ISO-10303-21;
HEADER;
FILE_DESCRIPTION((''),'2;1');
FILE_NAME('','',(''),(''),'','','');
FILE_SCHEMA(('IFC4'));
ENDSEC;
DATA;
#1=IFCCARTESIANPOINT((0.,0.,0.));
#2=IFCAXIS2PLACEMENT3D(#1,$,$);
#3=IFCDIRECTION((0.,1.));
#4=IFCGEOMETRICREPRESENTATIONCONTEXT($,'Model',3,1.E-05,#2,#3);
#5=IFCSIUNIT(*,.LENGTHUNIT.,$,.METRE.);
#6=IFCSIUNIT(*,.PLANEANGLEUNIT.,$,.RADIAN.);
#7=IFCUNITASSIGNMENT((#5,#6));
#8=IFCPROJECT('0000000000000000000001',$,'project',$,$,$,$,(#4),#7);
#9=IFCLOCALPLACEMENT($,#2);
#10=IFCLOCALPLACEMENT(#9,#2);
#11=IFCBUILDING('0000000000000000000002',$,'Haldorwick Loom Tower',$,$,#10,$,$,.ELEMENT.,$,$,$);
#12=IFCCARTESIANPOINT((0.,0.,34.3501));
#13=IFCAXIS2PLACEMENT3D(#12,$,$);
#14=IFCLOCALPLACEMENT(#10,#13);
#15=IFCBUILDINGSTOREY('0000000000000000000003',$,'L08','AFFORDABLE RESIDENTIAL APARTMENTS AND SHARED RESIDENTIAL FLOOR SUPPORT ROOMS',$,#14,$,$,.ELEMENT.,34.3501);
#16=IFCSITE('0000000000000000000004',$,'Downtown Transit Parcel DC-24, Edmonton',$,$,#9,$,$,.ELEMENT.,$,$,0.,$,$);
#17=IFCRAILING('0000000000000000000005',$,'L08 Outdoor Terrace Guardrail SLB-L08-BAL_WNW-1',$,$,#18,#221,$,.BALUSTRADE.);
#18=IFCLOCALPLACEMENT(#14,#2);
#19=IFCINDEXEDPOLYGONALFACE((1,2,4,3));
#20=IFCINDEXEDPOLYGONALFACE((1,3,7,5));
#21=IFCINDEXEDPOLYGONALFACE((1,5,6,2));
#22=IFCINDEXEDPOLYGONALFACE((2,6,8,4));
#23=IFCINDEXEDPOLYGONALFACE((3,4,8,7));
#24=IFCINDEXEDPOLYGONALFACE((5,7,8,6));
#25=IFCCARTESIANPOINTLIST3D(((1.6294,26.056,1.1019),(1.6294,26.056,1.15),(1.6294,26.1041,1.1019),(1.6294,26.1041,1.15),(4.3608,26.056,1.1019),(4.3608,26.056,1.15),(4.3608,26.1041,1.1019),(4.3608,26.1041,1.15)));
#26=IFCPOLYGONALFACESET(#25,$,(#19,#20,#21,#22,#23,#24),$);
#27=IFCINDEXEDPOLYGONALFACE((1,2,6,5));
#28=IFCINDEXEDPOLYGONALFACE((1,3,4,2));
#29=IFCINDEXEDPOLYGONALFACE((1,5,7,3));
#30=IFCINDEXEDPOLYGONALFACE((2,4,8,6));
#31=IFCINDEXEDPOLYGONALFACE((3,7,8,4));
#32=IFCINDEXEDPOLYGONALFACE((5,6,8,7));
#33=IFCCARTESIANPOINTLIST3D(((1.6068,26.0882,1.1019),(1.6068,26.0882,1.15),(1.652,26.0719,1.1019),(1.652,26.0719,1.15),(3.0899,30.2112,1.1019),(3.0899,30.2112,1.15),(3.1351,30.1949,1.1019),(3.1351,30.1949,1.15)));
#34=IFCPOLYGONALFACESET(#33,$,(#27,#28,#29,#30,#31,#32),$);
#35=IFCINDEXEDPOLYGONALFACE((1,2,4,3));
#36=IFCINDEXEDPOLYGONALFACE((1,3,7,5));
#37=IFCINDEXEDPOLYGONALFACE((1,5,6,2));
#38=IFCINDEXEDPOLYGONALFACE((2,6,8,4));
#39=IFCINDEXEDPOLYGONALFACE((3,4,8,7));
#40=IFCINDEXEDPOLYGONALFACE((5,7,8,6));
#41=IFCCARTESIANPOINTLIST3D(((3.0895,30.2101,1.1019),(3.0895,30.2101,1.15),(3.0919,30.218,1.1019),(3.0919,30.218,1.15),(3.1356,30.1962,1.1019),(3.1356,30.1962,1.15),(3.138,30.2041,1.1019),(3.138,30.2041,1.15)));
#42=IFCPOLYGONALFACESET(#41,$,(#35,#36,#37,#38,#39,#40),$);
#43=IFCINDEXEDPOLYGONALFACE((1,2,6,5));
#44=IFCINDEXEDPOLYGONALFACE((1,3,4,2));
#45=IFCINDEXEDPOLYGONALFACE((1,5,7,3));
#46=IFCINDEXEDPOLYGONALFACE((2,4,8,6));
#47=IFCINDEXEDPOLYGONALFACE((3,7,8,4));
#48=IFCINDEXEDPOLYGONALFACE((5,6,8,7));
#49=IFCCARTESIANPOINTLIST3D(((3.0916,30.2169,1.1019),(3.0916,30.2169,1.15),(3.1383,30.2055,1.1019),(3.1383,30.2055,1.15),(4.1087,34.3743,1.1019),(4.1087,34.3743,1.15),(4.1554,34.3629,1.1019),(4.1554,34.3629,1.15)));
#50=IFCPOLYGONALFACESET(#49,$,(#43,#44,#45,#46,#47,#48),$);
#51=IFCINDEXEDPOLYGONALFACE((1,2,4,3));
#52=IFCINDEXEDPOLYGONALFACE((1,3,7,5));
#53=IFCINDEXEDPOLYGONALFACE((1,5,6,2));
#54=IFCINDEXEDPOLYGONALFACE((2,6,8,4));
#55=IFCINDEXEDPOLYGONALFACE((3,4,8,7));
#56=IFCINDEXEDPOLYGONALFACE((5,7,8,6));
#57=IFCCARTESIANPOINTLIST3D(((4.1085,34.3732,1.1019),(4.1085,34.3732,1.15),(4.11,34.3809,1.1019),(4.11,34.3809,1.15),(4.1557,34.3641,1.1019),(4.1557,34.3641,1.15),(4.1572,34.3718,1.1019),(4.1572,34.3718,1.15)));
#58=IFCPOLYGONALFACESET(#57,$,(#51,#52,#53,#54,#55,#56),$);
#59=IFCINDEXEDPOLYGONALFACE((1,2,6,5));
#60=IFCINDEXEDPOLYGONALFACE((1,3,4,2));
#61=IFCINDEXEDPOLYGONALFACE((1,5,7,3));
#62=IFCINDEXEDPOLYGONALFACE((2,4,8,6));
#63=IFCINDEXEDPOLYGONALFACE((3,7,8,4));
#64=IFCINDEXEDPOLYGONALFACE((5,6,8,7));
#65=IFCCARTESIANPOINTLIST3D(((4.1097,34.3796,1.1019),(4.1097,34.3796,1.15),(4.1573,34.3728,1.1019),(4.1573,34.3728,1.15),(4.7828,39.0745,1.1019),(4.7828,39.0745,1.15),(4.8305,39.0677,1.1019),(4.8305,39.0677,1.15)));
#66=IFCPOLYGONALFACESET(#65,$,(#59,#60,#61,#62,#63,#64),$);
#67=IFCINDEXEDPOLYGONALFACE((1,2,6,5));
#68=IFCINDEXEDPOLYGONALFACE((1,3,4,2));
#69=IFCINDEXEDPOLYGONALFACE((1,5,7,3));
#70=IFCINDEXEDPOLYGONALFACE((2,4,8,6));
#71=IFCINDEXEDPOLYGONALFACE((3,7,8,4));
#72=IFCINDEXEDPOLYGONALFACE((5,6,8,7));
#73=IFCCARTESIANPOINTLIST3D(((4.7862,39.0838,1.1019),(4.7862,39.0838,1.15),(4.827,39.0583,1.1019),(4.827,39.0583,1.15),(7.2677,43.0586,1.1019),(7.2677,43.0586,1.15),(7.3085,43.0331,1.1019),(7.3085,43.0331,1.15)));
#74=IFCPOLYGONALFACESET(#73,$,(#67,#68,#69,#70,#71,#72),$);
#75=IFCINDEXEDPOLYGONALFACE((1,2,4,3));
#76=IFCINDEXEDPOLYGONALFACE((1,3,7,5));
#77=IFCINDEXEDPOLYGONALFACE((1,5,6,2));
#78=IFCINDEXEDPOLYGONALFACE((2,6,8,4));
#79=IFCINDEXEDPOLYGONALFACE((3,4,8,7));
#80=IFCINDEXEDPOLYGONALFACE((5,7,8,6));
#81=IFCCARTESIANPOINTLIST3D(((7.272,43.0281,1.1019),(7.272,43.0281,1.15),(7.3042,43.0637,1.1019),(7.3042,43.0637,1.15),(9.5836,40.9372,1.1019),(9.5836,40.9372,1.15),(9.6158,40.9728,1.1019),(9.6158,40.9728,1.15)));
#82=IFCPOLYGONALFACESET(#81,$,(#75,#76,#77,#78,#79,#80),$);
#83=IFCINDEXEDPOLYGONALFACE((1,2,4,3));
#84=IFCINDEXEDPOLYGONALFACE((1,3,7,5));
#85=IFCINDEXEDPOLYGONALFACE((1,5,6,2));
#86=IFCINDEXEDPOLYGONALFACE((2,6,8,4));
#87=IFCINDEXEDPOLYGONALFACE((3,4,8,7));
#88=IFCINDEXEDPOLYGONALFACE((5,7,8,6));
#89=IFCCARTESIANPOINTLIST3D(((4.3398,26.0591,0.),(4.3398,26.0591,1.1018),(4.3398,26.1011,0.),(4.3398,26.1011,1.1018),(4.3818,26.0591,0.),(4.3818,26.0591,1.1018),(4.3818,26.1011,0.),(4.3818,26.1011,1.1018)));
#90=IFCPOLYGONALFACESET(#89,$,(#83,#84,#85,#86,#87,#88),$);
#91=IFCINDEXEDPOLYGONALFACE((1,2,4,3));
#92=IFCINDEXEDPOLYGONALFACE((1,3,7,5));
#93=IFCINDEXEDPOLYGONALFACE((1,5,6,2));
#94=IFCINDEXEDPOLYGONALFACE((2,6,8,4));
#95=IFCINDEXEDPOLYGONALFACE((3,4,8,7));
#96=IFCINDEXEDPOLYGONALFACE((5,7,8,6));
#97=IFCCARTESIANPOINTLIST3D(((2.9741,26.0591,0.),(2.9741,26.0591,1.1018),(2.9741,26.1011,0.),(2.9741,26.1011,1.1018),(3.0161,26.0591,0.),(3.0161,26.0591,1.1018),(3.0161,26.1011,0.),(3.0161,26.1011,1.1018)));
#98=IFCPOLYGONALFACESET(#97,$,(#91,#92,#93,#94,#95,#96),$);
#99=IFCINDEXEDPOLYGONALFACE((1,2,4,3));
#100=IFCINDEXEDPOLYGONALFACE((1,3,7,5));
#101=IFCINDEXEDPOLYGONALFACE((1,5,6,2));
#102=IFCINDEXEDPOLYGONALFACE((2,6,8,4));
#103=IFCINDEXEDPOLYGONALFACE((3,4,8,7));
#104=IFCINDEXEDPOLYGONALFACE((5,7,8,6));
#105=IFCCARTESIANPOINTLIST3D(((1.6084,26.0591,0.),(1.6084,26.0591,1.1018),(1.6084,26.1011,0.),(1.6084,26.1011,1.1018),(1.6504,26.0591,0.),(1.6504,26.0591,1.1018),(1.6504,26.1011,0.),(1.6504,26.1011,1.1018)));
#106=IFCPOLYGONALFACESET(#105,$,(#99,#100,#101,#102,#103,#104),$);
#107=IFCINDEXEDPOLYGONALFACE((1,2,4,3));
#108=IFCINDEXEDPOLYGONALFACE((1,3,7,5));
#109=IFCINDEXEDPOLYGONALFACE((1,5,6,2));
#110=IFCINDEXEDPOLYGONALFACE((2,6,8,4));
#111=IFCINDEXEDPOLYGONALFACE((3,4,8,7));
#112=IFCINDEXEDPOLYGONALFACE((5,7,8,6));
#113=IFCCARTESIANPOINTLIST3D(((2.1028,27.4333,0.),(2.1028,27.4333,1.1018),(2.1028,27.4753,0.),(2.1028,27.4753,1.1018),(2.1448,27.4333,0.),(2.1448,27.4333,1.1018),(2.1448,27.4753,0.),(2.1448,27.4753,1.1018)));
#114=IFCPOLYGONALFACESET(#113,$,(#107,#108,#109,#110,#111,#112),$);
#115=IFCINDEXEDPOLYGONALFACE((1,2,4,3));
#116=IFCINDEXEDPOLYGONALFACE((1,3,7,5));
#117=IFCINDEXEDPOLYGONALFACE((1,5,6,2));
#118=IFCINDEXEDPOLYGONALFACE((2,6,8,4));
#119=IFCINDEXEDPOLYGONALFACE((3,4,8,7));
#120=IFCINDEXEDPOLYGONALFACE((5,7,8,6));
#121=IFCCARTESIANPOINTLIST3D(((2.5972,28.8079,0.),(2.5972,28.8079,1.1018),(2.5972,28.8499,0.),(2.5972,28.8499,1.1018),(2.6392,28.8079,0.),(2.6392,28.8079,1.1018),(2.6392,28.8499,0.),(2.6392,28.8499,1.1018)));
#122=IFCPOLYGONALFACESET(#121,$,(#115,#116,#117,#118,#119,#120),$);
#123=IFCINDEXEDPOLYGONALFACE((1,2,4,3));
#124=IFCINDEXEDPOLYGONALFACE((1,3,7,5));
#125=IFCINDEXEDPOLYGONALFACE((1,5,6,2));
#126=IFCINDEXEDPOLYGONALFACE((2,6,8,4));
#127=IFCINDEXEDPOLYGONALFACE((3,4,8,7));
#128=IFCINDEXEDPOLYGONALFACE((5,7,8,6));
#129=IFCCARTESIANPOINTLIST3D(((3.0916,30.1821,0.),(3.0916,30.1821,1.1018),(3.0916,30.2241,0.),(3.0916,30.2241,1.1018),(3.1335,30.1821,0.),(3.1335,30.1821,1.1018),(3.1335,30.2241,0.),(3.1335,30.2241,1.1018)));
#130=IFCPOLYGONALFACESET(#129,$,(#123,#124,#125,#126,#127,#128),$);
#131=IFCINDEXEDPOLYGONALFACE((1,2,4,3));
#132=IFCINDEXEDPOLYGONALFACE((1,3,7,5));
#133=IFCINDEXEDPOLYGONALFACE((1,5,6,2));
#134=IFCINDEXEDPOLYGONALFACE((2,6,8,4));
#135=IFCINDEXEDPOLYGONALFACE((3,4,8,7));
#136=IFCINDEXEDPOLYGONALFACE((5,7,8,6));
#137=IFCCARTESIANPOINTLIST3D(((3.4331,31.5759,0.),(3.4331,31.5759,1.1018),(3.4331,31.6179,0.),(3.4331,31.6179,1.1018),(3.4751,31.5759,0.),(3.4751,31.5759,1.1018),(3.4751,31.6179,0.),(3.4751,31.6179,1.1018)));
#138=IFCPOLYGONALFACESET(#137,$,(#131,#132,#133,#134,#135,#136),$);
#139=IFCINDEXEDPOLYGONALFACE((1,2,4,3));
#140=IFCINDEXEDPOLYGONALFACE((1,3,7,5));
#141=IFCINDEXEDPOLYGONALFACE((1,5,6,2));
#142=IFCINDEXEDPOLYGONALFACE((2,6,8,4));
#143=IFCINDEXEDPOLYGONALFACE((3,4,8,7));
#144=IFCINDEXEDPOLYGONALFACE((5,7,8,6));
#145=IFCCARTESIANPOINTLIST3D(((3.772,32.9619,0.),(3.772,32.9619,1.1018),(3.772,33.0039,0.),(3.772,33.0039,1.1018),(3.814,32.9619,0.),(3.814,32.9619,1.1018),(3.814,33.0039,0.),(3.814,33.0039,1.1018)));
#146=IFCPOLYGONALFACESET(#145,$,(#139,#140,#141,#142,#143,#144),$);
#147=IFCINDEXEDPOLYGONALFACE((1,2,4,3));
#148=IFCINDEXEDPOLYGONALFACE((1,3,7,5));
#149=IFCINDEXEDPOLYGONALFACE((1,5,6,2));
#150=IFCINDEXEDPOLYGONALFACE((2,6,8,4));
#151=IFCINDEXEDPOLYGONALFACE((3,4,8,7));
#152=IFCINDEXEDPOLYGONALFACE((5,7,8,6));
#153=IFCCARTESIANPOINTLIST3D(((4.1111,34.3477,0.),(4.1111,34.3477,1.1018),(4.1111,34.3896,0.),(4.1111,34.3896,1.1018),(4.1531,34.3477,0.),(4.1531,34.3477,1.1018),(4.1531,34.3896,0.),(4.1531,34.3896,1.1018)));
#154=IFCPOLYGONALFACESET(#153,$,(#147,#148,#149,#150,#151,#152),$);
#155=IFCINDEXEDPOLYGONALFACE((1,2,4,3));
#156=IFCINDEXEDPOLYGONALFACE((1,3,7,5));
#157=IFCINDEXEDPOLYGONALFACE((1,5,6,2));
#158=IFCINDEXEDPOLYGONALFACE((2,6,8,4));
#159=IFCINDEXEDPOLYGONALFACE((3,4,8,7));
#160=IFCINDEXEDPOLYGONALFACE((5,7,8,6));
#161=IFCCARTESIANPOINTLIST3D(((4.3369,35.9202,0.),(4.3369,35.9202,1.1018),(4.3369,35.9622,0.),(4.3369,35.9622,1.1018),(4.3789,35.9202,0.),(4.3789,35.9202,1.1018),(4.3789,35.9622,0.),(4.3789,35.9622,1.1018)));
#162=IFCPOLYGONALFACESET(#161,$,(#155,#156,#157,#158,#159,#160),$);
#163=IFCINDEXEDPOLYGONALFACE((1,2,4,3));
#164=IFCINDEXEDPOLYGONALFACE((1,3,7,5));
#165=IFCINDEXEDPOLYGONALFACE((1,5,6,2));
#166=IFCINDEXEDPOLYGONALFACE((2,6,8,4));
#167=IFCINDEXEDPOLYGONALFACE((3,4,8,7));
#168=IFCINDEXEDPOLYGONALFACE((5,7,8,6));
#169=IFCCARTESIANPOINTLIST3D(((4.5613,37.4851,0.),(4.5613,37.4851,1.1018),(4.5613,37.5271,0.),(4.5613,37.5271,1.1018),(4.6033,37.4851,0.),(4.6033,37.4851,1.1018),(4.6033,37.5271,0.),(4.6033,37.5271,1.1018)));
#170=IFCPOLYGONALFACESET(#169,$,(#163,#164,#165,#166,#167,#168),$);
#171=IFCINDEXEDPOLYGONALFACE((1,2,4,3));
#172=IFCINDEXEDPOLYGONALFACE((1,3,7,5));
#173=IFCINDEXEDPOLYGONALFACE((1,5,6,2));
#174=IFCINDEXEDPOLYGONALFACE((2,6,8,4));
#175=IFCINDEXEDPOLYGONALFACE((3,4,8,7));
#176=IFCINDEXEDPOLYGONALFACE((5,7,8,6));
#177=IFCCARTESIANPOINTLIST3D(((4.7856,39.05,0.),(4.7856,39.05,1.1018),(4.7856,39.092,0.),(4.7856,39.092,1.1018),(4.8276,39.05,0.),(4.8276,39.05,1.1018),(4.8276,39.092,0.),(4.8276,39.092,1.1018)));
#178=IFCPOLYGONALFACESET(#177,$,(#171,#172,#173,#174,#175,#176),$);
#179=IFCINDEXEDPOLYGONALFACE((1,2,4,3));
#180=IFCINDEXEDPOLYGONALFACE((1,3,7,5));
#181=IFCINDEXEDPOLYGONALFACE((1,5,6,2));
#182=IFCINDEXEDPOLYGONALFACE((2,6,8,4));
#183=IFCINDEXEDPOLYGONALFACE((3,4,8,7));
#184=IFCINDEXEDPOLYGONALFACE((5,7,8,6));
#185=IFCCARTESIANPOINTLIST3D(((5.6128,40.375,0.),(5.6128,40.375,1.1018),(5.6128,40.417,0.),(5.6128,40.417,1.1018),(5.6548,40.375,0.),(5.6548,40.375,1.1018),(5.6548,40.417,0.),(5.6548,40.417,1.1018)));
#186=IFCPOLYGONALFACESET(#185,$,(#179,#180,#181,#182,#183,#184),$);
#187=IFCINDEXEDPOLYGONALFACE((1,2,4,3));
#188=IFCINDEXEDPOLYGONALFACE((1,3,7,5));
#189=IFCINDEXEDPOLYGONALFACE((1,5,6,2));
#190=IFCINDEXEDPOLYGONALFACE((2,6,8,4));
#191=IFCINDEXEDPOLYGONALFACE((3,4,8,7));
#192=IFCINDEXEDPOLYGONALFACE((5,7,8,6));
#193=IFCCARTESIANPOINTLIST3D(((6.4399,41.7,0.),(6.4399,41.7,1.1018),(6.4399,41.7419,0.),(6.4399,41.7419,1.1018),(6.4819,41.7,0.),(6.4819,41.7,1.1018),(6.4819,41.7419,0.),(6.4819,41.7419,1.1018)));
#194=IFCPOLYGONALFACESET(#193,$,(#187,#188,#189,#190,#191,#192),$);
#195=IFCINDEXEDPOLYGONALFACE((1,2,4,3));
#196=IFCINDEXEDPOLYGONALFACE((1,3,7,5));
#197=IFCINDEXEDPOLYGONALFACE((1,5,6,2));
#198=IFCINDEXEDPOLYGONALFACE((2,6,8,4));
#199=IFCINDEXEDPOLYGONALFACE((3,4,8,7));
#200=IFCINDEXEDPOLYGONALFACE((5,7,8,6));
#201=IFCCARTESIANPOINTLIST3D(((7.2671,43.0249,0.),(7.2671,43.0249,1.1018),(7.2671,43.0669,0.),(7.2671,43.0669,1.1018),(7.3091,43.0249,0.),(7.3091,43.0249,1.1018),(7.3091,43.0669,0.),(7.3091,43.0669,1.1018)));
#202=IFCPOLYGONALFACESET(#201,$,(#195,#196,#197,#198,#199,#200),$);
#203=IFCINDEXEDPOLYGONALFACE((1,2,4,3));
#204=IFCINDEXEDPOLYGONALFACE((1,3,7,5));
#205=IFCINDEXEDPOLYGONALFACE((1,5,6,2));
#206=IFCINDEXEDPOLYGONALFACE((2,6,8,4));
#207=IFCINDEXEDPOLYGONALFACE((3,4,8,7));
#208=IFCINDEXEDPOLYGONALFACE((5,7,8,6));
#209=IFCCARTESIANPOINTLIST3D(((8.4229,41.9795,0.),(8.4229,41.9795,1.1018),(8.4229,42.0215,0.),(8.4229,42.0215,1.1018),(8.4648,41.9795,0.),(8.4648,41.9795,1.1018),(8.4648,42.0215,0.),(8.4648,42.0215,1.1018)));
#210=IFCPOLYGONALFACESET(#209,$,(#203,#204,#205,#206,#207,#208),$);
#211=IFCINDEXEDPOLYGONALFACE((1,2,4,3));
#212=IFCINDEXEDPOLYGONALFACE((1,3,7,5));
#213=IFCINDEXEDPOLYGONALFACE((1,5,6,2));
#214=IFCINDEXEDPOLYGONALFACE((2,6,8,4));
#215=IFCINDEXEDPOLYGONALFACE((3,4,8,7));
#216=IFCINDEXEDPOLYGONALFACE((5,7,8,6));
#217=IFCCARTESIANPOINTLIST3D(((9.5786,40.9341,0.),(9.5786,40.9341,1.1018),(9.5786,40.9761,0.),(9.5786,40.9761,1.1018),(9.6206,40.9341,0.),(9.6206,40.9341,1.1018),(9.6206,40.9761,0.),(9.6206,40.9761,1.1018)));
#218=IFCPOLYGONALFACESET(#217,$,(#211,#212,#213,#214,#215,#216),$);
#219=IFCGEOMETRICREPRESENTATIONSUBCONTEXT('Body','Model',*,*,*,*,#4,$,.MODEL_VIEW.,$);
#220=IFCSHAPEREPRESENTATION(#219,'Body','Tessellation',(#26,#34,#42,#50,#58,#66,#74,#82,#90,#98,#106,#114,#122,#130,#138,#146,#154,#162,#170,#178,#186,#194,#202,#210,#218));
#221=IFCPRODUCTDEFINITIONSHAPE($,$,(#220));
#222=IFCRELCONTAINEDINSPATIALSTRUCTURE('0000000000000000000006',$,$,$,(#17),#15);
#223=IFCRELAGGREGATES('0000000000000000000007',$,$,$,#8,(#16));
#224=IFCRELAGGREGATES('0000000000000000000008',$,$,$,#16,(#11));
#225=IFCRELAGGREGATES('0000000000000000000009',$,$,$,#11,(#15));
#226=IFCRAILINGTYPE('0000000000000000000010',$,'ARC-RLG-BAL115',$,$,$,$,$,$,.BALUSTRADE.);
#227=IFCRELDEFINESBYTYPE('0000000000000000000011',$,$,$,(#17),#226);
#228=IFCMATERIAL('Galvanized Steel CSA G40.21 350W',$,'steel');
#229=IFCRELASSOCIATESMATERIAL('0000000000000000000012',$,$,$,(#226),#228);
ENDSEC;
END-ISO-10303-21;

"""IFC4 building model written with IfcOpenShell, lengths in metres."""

from ifc_helpers import new_model, si_unit, direction, frame, origin, origin_2d, place, context, subcontext, project, spatial, rectangle, extrude, material, type_object, element, save


model = new_model("IFC4")

# Units and contexts
model_context = context("Model", 3, precision=1e-05, world=origin(), true_north=direction((0.0, 1.0)))
body_context = subcontext(model_context, "Body", "Model", "MODEL_VIEW")
ifc_project = project(units=[si_unit("LENGTHUNIT", "METRE"), si_unit("PLANEANGLEUNIT", "RADIAN")], contexts=[model_context])

# Site, building, storey
site_placement = place(None, origin())
site = spatial("IfcSite", under=ifc_project, at=site_placement, Name="Downtown Transit Parcel DC-24, Edmonton", CompositionType="ELEMENT", RefElevation=0.0)
building_placement = place(site_placement, origin())
building = spatial("IfcBuilding", under=site, at=building_placement, Name="Haldorwick Loom Tower", CompositionType="ELEMENT")
storey_placement = place(building_placement, frame((0.0, 0.0, 34.3501)))
storey = spatial("IfcBuildingStorey", under=building, at=storey_placement, Name="L08", Description="AFFORDABLE RESIDENTIAL APARTMENTS AND SHARED RESIDENTIAL FLOOR SUPPORT ROOMS", CompositionType="ELEMENT", Elevation=34.3501)

# Railing
ifc_material_1 = material(Name="Galvanized Steel CSA G40.21 350W", Category="steel")
railing_type = type_object("IfcRailingType", Name="ARC-RLG-BAL115", PredefinedType="BALUSTRADE", material=ifc_material_1)
railing_placement = place(storey_placement, frame((4.3608, 26.0801, 0.0)))
element("IfcRailing", 1, at=railing_placement, inside=storey, type_object=railing_type, Name="L08 Outdoor Terrace Guardrail SLB-L08-BAL_WNW-1", PredefinedType="BALUSTRADE", context=body_context, shape_type="SweptSolid", body=[
    extrude(rectangle(XDim=0.0481, YDim=0.0481, at=origin_2d()), frame((0.0, 0.0, 1.126), z_axis=(-1.0, 0.0, 0.0), x_axis=(0.0, -1.0, 0.0)), (0.0, 0.0, 1.0), 2.7314),
    extrude(rectangle(XDim=0.0481, YDim=0.0481, at=origin_2d()), frame((-2.7314, 0.0, 1.126), z_axis=(0.338489, 0.94097, 0.0), x_axis=(-0.94097, 0.338489, 0.0)), (0.0, 0.0, 1.0), 4.3816),
    extrude(rectangle(XDim=0.0481, YDim=0.0481, at=origin_2d()), frame((-1.2483, 4.123, 1.126), z_axis=(0.290007, 0.957024, 0.0), x_axis=(-0.957024, 0.290007, 0.0)), (0.0, 0.0, 1.0), 0.0083),
    extrude(rectangle(XDim=0.0481, YDim=0.0481, at=origin_2d()), frame((-1.2458, 4.1311, 1.126), z_axis=(0.237634, 0.971355, 0.0), x_axis=(-0.971355, 0.237634, 0.0)), (0.0, 0.0, 1.0), 4.28),
    extrude(rectangle(XDim=0.0481, YDim=0.0481, at=origin_2d()), frame((-0.2288, 8.2886, 1.126), z_axis=(0.190022, 0.98178, 0.0), x_axis=(-0.98178, 0.190022, 0.0)), (0.0, 0.0, 1.0), 0.0078),
    extrude(rectangle(XDim=0.0481, YDim=0.0481, at=origin_2d()), frame((-0.2273, 8.2961, 1.126), z_axis=(0.141919, 0.989878, 0.0), x_axis=(-0.989878, 0.141919, 0.0)), (0.0, 0.0, 1.0), 4.7429),
    extrude(rectangle(XDim=0.0481, YDim=0.0481, at=origin_2d()), frame((0.4458, 12.991, 1.126), z_axis=(0.529563, 0.84827, 0.0), x_axis=(-0.84827, 0.529563, 0.0)), (0.0, 0.0, 1.0), 4.6858),
    extrude(rectangle(XDim=0.0481, YDim=0.0481, at=origin_2d()), frame((2.9272, 16.9658, 1.126), z_axis=(0.741625, -0.670815, 0.0), x_axis=(0.670815, 0.741625, 0.0)), (0.0, 0.0, 1.0), 3.1169),
    extrude(rectangle(XDim=0.042, YDim=0.042, at=origin_2d()), origin(), (0.0, 0.0, 1.0), 1.1018),
    extrude(rectangle(XDim=0.042, YDim=0.042, at=origin_2d()), frame((-1.3657, 0.0, 0.0)), (0.0, 0.0, 1.0), 1.1018),
    extrude(rectangle(XDim=0.042, YDim=0.042, at=origin_2d()), frame((-2.7314, 0.0, 0.0)), (0.0, 0.0, 1.0), 1.1018),
    extrude(rectangle(XDim=0.042, YDim=0.042, at=origin_2d()), frame((-2.2371, 1.3743, 0.0)), (0.0, 0.0, 1.0), 1.1018),
    extrude(rectangle(XDim=0.042, YDim=0.042, at=origin_2d()), frame((-1.7427, 2.7488, 0.0)), (0.0, 0.0, 1.0), 1.1018),
    extrude(rectangle(XDim=0.042, YDim=0.042, at=origin_2d()), frame((-1.2483, 4.123, 0.0)), (0.0, 0.0, 1.0), 1.1018),
    extrude(rectangle(XDim=0.042, YDim=0.042, at=origin_2d()), frame((-0.9067, 5.5168, 0.0)), (0.0, 0.0, 1.0), 1.1018),
    extrude(rectangle(XDim=0.042, YDim=0.042, at=origin_2d()), frame((-0.5679, 6.9028, 0.0)), (0.0, 0.0, 1.0), 1.1018),
    extrude(rectangle(XDim=0.042, YDim=0.042, at=origin_2d()), frame((-0.2288, 8.2886, 0.0)), (0.0, 0.0, 1.0), 1.1018),
    extrude(rectangle(XDim=0.042, YDim=0.042, at=origin_2d()), frame((-0.0029, 9.8611, 0.0)), (0.0, 0.0, 1.0), 1.1018),
    extrude(rectangle(XDim=0.042, YDim=0.042, at=origin_2d()), frame((0.2214, 11.426, 0.0)), (0.0, 0.0, 1.0), 1.1018),
    extrude(rectangle(XDim=0.042, YDim=0.042, at=origin_2d()), frame((0.4458, 12.991, 0.0)), (0.0, 0.0, 1.0), 1.1018),
    extrude(rectangle(XDim=0.042, YDim=0.042, at=origin_2d()), frame((1.2729, 14.3159, 0.0)), (0.0, 0.0, 1.0), 1.1018),
    extrude(rectangle(XDim=0.042, YDim=0.042, at=origin_2d()), frame((2.1001, 15.6409, 0.0)), (0.0, 0.0, 1.0), 1.1018),
    extrude(rectangle(XDim=0.042, YDim=0.042, at=origin_2d()), frame((2.9272, 16.9658, 0.0)), (0.0, 0.0, 1.0), 1.1018),
    extrude(rectangle(XDim=0.042, YDim=0.042, at=origin_2d()), frame((4.083, 15.9204, 0.0)), (0.0, 0.0, 1.0), 1.1018),
    extrude(rectangle(XDim=0.042, YDim=0.042, at=origin_2d()), frame((5.2388, 14.875, 0.0)), (0.0, 0.0, 1.0), 1.1018),
])

save(model, "model.ifc")
